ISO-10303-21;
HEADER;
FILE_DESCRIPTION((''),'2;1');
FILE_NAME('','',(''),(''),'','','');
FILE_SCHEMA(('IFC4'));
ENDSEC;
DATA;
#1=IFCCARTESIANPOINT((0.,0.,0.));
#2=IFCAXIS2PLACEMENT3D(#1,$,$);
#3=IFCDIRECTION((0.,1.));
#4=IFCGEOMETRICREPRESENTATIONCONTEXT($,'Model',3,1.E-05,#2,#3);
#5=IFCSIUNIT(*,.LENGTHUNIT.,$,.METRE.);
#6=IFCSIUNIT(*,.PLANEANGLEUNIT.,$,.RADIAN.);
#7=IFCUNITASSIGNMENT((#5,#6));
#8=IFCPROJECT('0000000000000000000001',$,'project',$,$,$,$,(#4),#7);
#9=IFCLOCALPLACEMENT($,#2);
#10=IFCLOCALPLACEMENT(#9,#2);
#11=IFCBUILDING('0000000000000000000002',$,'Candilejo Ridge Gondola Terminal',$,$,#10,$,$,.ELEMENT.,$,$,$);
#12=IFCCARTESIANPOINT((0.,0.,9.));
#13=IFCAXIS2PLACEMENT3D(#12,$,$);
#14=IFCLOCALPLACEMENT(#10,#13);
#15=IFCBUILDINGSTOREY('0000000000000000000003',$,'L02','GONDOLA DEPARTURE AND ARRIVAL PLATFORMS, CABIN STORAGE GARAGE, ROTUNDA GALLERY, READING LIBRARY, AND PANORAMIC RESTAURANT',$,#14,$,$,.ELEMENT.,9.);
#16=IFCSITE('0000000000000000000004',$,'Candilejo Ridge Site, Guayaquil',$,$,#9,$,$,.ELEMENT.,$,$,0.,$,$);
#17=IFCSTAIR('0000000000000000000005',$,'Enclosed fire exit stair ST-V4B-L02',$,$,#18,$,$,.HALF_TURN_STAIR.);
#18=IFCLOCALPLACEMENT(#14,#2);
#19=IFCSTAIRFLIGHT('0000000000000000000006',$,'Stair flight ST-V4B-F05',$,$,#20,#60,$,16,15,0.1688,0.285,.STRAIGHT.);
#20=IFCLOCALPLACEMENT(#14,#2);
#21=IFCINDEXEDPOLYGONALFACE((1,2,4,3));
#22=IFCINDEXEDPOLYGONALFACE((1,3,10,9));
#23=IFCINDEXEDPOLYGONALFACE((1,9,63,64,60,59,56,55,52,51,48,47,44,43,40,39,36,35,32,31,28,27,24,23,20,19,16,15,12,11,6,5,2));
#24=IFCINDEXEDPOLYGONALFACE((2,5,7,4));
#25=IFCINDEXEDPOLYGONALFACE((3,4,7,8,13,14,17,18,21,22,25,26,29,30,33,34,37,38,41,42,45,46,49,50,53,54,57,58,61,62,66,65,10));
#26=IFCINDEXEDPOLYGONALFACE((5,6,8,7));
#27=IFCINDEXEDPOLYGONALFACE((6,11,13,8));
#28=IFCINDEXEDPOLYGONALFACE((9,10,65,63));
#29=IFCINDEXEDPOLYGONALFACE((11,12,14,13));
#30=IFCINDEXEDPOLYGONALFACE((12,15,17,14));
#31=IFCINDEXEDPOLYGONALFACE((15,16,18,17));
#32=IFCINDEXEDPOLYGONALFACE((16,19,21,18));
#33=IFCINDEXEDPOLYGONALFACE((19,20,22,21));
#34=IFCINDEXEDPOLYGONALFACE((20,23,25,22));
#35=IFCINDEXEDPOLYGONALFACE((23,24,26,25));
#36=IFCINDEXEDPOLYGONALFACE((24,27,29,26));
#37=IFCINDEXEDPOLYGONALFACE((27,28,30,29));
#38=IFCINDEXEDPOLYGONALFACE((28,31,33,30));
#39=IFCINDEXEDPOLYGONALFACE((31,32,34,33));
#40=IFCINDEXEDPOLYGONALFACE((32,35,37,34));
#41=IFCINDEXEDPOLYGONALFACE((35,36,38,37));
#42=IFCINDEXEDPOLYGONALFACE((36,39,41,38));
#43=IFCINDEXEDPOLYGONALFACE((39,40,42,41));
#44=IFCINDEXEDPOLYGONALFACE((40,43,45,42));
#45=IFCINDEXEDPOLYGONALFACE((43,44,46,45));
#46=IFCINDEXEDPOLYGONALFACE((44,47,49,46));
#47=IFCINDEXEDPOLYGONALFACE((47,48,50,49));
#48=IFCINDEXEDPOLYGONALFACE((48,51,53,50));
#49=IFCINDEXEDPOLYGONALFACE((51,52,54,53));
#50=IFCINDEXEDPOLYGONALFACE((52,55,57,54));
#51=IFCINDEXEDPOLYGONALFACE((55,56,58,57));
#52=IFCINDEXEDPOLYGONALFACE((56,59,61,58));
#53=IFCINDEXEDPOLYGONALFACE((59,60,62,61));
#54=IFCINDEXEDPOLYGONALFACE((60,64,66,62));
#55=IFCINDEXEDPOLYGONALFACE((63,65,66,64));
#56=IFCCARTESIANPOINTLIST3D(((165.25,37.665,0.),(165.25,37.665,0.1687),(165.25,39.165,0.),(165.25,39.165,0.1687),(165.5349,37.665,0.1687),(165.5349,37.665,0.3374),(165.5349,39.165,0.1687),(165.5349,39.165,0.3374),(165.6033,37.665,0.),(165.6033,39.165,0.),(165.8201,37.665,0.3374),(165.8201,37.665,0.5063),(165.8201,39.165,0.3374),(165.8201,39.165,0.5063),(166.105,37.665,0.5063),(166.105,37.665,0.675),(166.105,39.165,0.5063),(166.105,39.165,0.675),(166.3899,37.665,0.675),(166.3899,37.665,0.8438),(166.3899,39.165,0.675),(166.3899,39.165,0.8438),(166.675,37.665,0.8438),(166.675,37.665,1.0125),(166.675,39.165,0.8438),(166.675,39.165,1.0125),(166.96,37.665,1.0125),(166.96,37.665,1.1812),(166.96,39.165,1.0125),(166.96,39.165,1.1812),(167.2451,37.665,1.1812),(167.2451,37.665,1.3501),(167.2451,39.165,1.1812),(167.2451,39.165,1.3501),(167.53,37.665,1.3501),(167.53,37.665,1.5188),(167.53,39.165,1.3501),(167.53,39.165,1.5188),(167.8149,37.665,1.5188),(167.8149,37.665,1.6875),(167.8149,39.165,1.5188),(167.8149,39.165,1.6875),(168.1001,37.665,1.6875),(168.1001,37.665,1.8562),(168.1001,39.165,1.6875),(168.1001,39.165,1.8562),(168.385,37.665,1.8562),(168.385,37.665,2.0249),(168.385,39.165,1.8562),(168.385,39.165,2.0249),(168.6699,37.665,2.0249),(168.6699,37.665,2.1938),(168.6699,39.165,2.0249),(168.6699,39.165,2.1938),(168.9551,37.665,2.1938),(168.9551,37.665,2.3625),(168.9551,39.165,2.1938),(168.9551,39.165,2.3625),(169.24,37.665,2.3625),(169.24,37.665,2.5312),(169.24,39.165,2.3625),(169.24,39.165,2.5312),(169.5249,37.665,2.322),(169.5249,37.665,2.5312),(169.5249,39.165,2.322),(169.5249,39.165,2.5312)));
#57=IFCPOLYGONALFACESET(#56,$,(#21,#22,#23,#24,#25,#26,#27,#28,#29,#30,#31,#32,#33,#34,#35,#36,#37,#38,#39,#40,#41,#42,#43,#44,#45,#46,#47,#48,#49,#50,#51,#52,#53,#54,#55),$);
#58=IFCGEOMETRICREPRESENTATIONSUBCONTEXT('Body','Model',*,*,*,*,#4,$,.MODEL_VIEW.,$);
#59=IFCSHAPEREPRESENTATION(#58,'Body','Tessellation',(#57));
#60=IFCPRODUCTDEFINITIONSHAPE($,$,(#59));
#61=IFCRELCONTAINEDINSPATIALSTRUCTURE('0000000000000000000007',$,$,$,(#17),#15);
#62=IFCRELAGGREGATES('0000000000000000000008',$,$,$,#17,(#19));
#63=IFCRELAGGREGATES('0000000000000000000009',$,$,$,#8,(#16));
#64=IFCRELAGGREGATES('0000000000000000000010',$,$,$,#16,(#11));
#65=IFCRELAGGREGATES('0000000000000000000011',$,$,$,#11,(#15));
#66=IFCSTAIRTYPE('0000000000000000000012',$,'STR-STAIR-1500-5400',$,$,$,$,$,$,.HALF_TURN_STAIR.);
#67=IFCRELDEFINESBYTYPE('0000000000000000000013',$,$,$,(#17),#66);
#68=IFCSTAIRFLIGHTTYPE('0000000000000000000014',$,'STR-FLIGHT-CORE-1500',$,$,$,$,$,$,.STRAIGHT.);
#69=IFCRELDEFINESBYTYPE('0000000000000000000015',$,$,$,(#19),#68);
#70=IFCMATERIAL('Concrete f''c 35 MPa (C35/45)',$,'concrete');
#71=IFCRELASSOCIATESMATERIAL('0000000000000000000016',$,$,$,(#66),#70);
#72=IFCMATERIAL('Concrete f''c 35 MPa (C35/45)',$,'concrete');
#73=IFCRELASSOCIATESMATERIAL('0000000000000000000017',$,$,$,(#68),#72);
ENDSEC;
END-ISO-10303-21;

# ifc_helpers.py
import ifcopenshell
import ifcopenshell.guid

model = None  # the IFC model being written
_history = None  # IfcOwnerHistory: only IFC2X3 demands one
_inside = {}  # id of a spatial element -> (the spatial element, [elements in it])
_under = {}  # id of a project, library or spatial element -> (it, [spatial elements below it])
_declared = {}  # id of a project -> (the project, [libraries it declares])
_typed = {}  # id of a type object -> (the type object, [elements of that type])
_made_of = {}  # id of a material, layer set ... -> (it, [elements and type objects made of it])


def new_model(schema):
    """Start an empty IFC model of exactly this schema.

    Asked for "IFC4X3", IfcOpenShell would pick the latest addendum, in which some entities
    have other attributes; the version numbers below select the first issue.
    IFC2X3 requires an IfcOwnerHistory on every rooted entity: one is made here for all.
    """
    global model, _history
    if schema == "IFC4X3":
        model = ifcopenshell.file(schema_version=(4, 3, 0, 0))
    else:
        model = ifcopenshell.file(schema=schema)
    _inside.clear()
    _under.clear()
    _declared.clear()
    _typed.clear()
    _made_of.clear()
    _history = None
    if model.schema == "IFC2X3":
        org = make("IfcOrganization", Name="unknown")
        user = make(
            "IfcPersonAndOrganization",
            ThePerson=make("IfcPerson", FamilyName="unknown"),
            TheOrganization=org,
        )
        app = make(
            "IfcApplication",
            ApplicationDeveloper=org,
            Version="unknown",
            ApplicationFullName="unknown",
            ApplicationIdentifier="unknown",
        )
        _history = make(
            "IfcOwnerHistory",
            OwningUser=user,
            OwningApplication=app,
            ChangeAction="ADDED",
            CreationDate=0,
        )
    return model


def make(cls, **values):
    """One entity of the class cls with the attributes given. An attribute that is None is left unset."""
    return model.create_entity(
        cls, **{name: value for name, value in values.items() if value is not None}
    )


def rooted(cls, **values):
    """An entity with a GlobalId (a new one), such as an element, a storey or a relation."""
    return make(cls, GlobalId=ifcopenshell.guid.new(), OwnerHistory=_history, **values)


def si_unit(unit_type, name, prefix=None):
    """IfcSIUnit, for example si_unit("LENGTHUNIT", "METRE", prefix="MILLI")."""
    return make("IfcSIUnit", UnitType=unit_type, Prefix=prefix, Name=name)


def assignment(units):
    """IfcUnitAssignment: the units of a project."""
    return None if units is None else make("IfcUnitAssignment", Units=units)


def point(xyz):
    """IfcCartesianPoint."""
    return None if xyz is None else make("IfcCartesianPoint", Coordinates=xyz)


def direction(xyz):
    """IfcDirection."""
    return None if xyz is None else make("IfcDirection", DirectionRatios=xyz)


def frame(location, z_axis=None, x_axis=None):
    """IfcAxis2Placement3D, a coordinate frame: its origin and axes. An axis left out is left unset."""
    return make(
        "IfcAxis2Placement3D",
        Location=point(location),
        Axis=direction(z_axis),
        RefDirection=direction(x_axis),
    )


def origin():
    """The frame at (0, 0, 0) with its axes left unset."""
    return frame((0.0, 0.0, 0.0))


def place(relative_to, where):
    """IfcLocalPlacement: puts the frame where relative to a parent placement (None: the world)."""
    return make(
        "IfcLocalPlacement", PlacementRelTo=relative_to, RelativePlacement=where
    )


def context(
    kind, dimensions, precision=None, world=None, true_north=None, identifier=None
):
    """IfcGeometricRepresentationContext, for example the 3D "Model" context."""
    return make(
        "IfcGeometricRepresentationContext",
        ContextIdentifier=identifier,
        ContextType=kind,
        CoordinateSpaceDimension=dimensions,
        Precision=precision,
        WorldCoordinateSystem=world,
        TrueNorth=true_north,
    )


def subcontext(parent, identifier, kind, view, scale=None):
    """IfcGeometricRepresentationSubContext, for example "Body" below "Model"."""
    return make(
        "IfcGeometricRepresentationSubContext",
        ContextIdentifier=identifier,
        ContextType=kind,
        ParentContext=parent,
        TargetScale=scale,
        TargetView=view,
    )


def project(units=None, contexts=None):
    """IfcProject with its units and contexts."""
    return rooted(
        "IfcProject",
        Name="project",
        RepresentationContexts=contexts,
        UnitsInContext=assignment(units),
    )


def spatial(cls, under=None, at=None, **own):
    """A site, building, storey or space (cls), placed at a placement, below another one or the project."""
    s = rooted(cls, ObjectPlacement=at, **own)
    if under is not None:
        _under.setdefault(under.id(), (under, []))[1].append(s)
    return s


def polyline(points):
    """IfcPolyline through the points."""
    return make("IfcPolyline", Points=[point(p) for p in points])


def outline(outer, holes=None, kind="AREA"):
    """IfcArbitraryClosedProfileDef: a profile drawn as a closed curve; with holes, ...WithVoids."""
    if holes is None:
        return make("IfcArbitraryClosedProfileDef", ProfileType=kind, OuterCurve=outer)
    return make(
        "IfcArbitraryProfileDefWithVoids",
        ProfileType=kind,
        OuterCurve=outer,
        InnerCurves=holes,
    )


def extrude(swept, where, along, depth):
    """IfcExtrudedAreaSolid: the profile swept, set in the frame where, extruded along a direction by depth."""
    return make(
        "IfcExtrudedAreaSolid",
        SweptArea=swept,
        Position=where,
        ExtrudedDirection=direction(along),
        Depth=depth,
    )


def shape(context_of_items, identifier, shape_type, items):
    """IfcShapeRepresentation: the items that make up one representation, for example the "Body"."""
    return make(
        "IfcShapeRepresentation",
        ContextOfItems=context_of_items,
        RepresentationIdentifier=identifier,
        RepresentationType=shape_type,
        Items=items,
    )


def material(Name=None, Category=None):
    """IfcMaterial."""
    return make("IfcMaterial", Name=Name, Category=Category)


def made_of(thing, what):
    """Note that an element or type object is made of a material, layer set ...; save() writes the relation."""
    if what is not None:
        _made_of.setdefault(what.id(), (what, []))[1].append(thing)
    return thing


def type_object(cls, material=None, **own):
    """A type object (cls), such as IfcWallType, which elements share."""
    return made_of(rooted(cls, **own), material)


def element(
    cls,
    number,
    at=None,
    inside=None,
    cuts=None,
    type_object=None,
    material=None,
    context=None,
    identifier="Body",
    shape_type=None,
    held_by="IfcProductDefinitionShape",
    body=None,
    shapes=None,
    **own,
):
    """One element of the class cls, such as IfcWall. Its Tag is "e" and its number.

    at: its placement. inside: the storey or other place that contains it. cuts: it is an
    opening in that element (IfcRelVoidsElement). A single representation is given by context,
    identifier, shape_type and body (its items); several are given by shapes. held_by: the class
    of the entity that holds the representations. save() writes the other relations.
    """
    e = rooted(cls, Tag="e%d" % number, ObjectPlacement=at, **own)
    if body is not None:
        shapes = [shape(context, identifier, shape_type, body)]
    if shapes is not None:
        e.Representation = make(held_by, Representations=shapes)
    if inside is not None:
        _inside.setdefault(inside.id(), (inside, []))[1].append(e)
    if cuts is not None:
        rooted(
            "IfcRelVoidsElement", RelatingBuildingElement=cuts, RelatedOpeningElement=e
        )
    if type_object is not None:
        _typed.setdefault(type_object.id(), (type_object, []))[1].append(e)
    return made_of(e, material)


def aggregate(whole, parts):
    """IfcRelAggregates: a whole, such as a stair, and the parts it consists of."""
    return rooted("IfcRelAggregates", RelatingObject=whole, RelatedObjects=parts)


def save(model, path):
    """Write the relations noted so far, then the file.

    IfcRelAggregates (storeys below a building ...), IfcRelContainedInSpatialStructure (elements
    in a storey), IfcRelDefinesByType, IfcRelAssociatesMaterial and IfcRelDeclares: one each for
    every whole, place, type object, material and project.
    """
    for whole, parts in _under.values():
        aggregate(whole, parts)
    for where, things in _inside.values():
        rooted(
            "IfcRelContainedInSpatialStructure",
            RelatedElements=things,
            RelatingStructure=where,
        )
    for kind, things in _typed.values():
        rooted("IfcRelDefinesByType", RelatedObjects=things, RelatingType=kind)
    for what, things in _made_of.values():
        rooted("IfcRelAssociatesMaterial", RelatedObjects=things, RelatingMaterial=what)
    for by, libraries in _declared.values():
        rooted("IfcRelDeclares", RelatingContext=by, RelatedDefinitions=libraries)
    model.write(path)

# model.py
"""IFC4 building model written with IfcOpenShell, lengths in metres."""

from ifc_helpers import new_model, si_unit, direction, frame, origin, place, context, subcontext, project, spatial, polyline, outline, extrude, material, type_object, element, aggregate, save


model = new_model("IFC4")

# Units and contexts
model_context = context("Model", 3, precision=1e-05, world=origin(), true_north=direction((0.0, 1.0)))
body_context = subcontext(model_context, "Body", "Model", "MODEL_VIEW")
ifc_project = project(units=[si_unit("LENGTHUNIT", "METRE"), si_unit("PLANEANGLEUNIT", "RADIAN")], contexts=[model_context])

# Site, building, storey
site_placement = place(None, origin())
site = spatial("IfcSite", under=ifc_project, at=site_placement, Name="Candilejo Ridge Site, Guayaquil", CompositionType="ELEMENT", RefElevation=0.0)
building_placement = place(site_placement, origin())
building = spatial("IfcBuilding", under=site, at=building_placement, Name="Candilejo Ridge Gondola Terminal", CompositionType="ELEMENT")
storey_placement = place(building_placement, frame((0.0, 0.0, 9.0)))
storey = spatial("IfcBuildingStorey", under=building, at=storey_placement, Name="L02", Description="GONDOLA DEPARTURE AND ARRIVAL PLATFORMS, CABIN STORAGE GARAGE, ROTUNDA GALLERY, READING LIBRARY, AND PANORAMIC RESTAURANT", CompositionType="ELEMENT", Elevation=9.0)

# Stair, stair flight
ifc_material_1 = material(Name="Concrete f'c 35 MPa (C35/45)", Category="concrete")
stair_type = type_object("IfcStairType", Name="STR-STAIR-1500-5400", PredefinedType="HALF_TURN_STAIR", material=ifc_material_1)
stair_placement = place(storey_placement, origin())
stair = element("IfcStair", 1, at=stair_placement, inside=storey, type_object=stair_type, Name="Enclosed fire exit stair ST-V4B-L02", PredefinedType="HALF_TURN_STAIR")
ifc_material_2 = material(Name="Concrete f'c 35 MPa (C35/45)", Category="concrete")
stair_flight_type = type_object("IfcStairFlightType", Name="STR-FLIGHT-CORE-1500", PredefinedType="STRAIGHT", material=ifc_material_2)
stair_flight_placement = place(storey_placement, frame((165.25, 38.415, 0.0), z_axis=(0.0, 0.0, 1.0), x_axis=(1.0, 0.0, 0.0)))
stair_flight = element("IfcStairFlight", 2, at=stair_flight_placement, type_object=stair_flight_type, Name="Stair flight ST-V4B-F05", NumberOfRisers=16, NumberOfTreads=15, PredefinedType="STRAIGHT", RiserHeight=0.1688, TreadLength=0.285, context=body_context, shape_type="SweptSolid", body=[
    extrude(outline(polyline([(0.0, 0.0), (0.0, 0.1687), (0.2849, 0.1687), (0.2849, 0.3374), (0.5701, 0.3374), (0.5701, 0.5063), (0.855, 0.5063), (0.855, 0.675), (1.1399, 0.675), (1.1399, 0.8438), (1.425, 0.8438), (1.425, 1.0125), (1.71, 1.0125), (1.71, 1.1812), (1.9951, 1.1812), (1.9951, 1.3501), (2.28, 1.3501), (2.28, 1.5188), (2.5649, 1.5188), (2.5649, 1.6875), (2.8501, 1.6875), (2.8501, 1.8562), (3.135, 1.8562), (3.135, 2.0249), (3.4199, 2.0249), (3.4199, 2.1938), (3.7051, 2.1938), (3.7051, 2.3625), (3.99, 2.3625), (3.99, 2.5312), (4.2749, 2.5312), (4.2749, 2.7), (4.2749, 2.322), (0.3533, 0.0), (0.0, 0.0)])), frame((0.0, 0.75, 0.0), z_axis=(0.0, -1.0, 0.0), x_axis=(1.0, 0.0, 0.0)), (0.0, 0.0, 1.0), 1.5),
])
aggregate(stair, [stair_flight])

save(model, "model.ifc")
